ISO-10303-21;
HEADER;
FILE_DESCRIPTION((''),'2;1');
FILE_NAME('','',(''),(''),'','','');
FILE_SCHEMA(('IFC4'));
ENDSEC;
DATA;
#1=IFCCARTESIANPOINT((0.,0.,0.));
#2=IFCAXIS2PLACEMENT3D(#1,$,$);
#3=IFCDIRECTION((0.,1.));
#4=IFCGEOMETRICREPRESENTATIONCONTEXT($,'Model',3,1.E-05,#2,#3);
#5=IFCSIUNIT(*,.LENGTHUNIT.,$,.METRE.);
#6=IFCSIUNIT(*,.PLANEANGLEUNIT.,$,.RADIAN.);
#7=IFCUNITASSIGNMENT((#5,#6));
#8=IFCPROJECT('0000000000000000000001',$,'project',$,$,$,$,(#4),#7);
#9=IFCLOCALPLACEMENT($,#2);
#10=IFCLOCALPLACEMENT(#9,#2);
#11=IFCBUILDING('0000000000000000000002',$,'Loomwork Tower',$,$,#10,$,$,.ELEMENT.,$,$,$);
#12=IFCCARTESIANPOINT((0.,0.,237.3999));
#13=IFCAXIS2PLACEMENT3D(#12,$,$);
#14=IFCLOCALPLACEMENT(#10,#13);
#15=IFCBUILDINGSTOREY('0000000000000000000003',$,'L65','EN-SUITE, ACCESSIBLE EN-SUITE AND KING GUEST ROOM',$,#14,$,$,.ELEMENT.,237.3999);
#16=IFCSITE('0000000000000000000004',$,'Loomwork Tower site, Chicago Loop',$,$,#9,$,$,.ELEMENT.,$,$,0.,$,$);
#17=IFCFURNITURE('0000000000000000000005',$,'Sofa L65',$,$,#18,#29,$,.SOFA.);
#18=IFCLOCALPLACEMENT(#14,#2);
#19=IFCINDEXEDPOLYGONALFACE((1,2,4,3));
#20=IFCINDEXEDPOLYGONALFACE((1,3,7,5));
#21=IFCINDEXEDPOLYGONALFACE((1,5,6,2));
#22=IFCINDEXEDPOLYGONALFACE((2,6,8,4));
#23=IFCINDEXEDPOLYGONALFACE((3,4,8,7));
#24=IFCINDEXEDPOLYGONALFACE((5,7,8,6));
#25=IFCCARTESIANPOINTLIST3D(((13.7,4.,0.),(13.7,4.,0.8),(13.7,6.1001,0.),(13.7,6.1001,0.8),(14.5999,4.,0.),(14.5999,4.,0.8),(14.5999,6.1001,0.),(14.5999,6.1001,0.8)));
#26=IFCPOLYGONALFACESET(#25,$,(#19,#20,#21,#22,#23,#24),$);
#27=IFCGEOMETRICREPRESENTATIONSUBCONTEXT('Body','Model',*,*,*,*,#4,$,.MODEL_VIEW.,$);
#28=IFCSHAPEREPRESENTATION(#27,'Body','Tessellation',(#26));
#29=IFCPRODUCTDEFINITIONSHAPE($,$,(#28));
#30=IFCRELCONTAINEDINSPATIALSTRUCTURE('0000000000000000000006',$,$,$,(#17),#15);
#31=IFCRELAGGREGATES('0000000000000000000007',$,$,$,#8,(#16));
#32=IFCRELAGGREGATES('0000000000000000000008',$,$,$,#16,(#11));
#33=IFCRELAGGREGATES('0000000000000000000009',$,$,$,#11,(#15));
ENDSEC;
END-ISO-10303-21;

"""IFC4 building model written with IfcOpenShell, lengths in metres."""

from ifc_helpers import new_model, si_unit, direction, frame, origin, origin_2d, place, context, subcontext, project, spatial, rectangle, extrude, element, save


model = new_model("IFC4")

# Units and contexts
model_context = context("Model", 3, precision=1e-05, world=origin(), true_north=direction((0.0, 1.0)))
body_context = subcontext(model_context, "Body", "Model", "MODEL_VIEW")
ifc_project = project(units=[si_unit("LENGTHUNIT", "METRE"), si_unit("PLANEANGLEUNIT", "RADIAN")], contexts=[model_context])

# Site, building, storey
site_placement = place(None, origin())
site = spatial("IfcSite", under=ifc_project, at=site_placement, Name="Loomwork Tower site, Chicago Loop", CompositionType="ELEMENT", RefElevation=0.0)
building_placement = place(site_placement, origin())
building = spatial("IfcBuilding", under=site, at=building_placement, Name="Loomwork Tower", CompositionType="ELEMENT")
storey_placement = place(building_placement, frame((0.0, 0.0, 237.3999)))
storey = spatial("IfcBuildingStorey", under=building, at=storey_placement, Name="L65", Description="EN-SUITE, ACCESSIBLE EN-SUITE AND KING GUEST ROOM", CompositionType="ELEMENT", Elevation=237.3999)

# Furniture
furniture_1_placement = place(storey_placement, frame((14.1499, 5.05, 0.0), z_axis=(0.0, 0.0, 1.0), x_axis=(1.0, 0.0, 0.0)))
element("IfcFurniture", 1, at=furniture_1_placement, inside=storey, Name="Sofa L65", PredefinedType="SOFA", context=body_context, shape_type="SweptSolid", body=[
    extrude(rectangle(XDim=0.8999, YDim=2.1001, at=origin_2d()), origin(), (0.0, 0.0, 1.0), 0.8),
])

save(model, "model.ifc")
